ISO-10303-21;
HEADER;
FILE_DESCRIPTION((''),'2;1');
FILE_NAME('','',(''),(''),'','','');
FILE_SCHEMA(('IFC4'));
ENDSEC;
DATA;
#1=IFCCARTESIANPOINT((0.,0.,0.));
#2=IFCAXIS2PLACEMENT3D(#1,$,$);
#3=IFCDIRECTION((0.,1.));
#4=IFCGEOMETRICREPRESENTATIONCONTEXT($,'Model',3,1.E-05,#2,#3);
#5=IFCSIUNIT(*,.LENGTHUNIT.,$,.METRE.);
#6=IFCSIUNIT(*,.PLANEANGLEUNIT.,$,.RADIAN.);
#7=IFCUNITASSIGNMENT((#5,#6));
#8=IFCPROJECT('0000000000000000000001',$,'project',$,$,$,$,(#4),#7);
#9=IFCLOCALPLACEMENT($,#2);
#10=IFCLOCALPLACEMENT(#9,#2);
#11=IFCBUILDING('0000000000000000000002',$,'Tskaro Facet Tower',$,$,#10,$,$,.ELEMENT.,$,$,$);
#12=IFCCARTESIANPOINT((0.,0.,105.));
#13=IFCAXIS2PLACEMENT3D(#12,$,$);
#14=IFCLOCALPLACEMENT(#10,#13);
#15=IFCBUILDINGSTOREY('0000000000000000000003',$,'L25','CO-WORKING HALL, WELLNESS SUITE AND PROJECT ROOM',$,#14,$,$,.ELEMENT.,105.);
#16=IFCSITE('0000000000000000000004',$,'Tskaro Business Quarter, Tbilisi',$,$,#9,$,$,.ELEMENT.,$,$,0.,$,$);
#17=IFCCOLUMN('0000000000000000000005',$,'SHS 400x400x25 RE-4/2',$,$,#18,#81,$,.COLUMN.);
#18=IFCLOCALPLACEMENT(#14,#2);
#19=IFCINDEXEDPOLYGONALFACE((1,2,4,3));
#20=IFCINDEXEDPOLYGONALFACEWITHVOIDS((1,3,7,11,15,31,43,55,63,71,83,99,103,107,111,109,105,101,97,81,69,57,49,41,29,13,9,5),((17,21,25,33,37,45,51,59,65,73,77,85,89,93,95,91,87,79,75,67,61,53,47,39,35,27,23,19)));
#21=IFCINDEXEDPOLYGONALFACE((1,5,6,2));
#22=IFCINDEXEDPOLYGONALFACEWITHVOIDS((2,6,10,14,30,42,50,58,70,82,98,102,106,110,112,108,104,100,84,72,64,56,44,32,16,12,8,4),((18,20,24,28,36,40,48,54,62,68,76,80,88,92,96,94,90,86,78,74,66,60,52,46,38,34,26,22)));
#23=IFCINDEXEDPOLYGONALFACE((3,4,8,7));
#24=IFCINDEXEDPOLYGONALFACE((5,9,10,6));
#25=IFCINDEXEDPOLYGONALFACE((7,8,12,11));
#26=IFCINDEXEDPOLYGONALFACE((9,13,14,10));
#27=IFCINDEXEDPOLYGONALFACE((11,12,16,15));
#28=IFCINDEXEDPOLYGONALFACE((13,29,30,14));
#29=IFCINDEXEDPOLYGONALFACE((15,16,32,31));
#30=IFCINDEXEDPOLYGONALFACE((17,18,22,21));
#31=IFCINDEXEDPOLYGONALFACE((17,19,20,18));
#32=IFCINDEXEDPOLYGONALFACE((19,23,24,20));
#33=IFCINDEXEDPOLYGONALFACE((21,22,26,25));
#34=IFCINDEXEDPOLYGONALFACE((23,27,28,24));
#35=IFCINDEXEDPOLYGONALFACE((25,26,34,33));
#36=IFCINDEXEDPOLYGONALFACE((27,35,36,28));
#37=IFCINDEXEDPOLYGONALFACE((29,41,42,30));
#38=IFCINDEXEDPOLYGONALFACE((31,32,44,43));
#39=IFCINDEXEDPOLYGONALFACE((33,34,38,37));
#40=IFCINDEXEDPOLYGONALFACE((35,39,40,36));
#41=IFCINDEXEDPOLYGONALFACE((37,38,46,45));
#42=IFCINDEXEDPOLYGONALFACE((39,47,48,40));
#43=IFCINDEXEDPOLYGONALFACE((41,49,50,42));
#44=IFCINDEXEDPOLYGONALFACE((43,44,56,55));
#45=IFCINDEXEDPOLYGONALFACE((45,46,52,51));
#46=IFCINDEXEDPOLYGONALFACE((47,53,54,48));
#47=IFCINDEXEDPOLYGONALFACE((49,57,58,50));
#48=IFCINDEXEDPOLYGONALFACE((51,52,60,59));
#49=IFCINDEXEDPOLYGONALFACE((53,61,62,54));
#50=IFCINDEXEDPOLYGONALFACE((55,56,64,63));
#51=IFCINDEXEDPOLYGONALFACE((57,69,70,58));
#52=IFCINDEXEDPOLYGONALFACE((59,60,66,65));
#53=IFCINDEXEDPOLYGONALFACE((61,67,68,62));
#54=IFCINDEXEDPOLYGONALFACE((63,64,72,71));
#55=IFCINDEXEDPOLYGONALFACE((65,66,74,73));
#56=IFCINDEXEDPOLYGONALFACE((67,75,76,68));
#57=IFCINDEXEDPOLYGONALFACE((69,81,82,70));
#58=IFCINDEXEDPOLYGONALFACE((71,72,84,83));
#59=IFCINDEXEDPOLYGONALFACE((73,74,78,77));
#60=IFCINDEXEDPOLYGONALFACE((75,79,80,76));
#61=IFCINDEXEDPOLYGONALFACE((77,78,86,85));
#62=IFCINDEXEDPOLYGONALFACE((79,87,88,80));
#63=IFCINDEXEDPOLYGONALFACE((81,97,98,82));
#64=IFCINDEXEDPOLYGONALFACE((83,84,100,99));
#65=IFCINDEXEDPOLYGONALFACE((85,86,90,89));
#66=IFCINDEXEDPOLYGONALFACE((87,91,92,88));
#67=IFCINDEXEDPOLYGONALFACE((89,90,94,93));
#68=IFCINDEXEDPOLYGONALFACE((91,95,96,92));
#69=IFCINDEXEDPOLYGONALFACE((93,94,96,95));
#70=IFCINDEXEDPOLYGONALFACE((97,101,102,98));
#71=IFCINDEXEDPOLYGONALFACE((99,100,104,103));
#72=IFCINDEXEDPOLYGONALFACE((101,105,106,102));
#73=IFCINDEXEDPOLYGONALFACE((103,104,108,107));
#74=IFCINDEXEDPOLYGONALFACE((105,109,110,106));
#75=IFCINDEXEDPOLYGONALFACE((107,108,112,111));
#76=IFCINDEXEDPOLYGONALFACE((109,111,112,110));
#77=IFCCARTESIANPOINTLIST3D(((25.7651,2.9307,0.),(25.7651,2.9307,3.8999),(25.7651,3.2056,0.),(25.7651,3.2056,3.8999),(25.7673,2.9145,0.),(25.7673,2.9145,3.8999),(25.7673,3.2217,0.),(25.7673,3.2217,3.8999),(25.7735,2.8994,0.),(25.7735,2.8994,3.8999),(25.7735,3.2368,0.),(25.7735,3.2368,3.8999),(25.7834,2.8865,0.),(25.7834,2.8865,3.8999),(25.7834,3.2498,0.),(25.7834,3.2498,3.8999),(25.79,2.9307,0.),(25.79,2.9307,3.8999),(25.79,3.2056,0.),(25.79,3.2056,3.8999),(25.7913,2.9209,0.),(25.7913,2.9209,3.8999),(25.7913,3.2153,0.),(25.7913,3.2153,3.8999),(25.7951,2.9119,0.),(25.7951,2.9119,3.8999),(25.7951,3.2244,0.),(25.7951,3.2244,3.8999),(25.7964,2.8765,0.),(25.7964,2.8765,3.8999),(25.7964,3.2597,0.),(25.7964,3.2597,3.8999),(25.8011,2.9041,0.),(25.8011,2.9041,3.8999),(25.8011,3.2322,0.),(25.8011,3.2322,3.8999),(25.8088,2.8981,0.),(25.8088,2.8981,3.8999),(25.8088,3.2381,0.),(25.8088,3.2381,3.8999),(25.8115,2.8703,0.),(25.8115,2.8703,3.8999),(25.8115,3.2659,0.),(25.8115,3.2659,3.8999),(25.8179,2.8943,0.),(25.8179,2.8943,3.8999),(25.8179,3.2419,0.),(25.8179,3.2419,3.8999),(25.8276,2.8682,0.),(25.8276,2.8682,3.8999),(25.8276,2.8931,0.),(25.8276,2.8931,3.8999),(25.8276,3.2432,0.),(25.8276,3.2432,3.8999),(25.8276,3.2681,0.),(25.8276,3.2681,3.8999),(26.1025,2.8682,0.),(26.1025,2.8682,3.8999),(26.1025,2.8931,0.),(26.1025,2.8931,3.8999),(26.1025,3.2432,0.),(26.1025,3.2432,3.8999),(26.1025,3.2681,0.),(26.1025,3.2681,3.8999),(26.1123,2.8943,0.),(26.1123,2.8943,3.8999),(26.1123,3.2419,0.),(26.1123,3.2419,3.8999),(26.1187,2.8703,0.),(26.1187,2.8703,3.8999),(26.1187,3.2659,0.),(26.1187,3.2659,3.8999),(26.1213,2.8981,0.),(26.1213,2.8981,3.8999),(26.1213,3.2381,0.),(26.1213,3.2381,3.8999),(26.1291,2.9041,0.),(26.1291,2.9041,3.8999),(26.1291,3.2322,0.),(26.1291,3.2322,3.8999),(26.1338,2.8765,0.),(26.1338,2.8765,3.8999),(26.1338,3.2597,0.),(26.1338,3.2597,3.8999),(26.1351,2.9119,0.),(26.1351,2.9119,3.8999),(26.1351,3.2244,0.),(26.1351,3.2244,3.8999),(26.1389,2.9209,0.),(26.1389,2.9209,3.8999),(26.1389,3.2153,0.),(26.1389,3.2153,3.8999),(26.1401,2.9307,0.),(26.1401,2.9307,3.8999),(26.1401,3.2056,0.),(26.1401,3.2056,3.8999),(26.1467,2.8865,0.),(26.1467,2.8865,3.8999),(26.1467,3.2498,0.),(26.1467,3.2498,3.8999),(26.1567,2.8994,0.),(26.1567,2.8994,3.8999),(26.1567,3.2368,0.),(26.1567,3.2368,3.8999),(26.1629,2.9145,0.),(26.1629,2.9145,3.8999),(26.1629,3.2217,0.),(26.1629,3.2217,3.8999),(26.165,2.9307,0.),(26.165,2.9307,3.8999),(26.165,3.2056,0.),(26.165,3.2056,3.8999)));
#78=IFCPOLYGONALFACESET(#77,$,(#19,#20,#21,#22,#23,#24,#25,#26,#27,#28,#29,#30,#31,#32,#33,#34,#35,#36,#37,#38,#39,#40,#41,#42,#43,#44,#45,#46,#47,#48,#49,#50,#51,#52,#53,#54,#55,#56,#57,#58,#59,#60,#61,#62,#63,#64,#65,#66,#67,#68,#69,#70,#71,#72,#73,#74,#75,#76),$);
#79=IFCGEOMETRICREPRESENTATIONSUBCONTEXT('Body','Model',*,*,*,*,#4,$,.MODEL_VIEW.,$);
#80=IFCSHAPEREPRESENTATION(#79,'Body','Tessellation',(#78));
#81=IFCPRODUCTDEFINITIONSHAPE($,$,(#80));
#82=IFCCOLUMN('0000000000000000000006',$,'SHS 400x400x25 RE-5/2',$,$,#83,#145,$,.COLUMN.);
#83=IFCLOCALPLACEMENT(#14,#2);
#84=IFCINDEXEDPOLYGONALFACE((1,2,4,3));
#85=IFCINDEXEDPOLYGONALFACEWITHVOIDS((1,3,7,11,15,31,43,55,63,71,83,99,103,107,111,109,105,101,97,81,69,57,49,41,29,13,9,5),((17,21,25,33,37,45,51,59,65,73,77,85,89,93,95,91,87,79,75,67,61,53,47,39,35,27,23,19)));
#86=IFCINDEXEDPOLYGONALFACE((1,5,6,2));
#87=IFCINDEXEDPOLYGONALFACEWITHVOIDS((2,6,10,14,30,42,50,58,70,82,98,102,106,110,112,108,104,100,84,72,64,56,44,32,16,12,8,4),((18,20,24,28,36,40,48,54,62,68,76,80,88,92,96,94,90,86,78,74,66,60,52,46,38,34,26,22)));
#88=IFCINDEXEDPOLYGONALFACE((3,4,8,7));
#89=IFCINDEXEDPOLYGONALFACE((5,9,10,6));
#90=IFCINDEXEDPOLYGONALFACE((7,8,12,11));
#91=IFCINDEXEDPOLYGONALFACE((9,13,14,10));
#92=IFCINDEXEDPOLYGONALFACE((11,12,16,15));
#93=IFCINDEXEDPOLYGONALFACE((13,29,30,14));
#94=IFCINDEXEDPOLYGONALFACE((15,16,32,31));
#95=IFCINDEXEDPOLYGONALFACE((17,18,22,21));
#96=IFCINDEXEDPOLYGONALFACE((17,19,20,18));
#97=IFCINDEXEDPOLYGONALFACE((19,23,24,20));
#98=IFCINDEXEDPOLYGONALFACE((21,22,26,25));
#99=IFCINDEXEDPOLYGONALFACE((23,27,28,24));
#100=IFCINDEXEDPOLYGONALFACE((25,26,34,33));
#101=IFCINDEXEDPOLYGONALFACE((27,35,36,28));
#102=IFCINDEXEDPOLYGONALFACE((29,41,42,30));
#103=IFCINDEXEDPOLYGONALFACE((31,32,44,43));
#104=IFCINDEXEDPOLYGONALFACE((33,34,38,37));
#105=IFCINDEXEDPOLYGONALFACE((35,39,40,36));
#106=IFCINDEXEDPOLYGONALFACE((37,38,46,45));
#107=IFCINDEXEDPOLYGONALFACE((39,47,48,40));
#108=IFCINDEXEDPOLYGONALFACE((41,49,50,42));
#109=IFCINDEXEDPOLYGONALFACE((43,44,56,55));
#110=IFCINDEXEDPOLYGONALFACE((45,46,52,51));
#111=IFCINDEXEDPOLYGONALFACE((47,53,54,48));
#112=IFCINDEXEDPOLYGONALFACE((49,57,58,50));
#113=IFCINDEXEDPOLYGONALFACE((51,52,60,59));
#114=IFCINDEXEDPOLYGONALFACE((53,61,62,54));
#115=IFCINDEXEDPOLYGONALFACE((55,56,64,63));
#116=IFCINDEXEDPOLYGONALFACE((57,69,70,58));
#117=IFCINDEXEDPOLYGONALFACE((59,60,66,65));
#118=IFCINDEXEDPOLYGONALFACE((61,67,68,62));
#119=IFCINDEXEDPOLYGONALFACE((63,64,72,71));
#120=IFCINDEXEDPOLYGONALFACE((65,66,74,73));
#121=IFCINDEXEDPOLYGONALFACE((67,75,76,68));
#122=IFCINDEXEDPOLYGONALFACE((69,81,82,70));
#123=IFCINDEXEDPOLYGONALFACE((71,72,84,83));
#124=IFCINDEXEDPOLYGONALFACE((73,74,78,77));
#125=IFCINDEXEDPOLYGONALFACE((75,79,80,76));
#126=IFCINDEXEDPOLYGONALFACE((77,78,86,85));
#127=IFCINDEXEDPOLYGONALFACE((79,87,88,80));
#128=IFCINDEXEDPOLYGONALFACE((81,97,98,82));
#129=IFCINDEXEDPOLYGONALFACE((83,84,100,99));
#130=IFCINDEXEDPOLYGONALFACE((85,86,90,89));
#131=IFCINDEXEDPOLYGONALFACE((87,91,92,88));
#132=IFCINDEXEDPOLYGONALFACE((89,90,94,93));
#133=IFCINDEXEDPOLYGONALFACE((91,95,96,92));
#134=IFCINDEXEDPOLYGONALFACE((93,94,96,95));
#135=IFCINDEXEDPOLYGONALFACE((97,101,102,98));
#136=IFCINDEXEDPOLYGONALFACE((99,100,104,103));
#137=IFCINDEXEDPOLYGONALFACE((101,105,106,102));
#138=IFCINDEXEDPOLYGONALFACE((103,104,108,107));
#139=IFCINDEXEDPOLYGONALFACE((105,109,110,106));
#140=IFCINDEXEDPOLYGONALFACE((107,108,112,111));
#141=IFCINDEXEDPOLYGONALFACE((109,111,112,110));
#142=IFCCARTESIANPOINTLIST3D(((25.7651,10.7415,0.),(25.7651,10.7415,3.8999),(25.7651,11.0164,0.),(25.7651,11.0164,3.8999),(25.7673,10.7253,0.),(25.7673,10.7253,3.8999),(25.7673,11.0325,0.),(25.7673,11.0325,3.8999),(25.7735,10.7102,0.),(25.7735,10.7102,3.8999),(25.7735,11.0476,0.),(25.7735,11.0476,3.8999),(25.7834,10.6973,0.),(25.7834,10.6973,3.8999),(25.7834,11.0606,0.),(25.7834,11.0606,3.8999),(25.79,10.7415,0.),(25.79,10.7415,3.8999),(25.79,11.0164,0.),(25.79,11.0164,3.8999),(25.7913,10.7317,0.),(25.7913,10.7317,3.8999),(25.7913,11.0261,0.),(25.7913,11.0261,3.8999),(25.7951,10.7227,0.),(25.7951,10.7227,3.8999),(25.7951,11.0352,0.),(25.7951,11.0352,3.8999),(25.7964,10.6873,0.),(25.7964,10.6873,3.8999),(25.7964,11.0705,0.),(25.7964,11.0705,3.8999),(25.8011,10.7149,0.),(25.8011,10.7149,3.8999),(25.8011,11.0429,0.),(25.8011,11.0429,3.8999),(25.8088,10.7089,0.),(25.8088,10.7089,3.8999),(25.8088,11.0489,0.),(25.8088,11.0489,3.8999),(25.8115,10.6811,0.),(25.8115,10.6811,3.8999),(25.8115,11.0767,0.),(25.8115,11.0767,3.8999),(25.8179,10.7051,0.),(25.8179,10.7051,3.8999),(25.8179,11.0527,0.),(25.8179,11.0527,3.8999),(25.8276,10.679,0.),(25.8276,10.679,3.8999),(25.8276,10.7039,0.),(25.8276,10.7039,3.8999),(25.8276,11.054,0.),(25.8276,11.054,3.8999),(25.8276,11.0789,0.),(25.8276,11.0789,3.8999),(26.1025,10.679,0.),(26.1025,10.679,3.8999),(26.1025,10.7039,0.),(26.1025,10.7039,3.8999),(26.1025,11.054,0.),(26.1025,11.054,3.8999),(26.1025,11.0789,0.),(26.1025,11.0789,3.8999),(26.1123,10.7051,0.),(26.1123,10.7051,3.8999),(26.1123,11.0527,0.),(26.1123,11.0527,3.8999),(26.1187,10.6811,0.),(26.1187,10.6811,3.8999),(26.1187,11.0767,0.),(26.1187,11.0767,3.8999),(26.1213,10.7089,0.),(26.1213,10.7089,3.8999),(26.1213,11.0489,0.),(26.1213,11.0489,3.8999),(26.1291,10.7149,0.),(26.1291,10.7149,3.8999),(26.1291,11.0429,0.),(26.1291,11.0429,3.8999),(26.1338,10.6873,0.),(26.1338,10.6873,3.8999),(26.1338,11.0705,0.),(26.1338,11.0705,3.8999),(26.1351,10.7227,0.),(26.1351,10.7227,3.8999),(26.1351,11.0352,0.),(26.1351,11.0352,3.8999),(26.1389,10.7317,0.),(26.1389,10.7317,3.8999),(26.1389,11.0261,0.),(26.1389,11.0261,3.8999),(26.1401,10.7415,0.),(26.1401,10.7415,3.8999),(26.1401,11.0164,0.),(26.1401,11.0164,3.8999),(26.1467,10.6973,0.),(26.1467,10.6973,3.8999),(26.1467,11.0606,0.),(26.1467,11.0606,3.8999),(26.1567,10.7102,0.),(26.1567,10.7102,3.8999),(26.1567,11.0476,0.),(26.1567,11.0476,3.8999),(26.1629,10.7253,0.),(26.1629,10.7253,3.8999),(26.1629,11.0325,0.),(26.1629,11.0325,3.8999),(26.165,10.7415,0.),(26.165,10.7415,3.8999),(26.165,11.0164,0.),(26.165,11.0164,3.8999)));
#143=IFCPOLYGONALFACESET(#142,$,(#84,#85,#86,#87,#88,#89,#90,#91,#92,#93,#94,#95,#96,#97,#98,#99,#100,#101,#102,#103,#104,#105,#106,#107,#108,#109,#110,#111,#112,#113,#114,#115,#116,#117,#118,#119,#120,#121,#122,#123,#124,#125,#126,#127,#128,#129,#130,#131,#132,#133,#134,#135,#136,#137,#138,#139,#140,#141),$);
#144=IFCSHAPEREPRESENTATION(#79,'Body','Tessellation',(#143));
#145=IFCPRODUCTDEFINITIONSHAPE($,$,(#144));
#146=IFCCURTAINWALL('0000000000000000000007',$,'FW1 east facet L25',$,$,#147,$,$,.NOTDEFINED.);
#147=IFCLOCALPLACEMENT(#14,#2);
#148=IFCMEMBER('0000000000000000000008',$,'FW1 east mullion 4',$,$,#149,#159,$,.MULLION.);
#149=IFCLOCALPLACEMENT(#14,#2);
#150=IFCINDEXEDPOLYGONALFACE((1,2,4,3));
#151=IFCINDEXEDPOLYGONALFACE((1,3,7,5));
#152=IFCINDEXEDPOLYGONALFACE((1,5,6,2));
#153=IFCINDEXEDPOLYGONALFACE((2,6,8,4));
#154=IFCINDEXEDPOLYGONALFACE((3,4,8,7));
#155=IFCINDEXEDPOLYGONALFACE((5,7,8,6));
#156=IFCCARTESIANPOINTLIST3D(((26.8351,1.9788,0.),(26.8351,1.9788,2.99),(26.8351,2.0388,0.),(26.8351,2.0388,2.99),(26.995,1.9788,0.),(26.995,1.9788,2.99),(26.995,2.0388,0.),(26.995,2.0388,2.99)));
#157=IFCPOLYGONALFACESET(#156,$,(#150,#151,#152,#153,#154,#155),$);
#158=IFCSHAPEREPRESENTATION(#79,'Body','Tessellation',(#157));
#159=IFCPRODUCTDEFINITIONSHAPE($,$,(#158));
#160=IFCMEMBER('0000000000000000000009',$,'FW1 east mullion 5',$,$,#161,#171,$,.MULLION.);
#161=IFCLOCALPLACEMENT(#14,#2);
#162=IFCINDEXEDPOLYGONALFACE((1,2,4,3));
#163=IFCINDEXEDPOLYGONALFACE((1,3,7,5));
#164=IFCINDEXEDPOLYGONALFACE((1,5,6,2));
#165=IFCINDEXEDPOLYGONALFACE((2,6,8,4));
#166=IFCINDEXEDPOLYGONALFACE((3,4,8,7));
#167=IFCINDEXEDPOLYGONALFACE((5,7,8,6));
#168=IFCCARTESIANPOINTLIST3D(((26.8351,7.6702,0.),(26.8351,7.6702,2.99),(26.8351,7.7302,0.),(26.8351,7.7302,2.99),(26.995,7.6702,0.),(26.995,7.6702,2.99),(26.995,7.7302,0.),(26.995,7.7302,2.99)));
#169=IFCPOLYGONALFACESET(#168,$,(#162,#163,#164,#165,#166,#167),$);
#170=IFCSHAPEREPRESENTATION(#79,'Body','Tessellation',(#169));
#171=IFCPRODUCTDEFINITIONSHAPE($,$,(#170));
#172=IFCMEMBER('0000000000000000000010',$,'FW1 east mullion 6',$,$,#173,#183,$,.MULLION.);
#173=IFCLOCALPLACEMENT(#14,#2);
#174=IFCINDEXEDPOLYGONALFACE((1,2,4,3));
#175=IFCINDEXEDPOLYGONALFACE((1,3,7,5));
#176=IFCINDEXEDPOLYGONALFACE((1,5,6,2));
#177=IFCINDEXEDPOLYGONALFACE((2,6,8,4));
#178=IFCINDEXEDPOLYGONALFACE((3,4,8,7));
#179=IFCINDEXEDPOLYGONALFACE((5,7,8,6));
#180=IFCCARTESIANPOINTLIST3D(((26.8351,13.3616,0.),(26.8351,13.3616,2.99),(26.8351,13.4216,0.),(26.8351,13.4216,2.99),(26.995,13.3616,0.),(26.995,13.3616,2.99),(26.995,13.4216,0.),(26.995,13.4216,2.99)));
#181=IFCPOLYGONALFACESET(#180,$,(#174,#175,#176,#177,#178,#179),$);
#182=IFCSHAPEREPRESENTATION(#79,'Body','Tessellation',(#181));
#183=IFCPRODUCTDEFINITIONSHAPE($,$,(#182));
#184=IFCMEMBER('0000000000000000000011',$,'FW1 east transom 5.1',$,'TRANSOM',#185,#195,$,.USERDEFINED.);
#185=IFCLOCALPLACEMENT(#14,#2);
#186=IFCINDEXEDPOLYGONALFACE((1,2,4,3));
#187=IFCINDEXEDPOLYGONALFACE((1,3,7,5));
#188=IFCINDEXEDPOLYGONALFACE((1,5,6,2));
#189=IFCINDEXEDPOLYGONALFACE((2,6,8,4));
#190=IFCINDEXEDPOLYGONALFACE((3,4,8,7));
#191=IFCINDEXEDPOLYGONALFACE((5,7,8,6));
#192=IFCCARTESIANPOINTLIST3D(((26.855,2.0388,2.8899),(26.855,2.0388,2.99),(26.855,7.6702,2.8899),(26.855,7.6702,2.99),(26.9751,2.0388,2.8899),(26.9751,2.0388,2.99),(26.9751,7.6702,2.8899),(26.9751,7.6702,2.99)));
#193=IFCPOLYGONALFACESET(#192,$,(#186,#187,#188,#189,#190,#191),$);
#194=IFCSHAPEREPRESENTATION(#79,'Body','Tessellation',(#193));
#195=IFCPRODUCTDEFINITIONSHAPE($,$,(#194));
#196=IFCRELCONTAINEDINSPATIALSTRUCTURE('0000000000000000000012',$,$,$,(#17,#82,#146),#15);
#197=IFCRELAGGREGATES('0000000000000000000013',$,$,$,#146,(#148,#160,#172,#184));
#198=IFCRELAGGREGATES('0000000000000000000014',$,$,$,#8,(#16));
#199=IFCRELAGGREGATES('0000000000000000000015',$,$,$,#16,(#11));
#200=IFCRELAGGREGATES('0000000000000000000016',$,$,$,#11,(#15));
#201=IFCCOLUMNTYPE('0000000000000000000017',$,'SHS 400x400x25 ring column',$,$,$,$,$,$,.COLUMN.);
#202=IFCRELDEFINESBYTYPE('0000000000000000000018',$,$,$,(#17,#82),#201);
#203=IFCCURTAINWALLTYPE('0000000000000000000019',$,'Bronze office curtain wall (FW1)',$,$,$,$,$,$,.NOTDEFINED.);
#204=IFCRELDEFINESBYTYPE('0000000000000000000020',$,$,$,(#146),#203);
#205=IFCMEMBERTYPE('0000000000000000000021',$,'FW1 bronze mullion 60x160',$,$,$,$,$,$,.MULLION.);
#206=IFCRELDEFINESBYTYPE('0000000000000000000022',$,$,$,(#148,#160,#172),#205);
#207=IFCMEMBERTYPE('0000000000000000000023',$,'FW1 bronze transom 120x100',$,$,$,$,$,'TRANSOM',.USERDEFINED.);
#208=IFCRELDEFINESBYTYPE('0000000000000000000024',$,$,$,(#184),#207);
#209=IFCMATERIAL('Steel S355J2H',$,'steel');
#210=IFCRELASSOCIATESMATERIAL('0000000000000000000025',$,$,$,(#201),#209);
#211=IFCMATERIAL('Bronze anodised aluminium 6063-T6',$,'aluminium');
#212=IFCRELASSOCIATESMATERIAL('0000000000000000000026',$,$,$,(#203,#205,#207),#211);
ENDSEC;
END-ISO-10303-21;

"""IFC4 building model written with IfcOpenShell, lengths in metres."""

from ifc_helpers import new_model, si_unit, direction, frame, origin, origin_2d, place, context, subcontext, project, spatial, rectangle, hollow_rectangle, extrude, material, material_profile, profile_set, type_object, element, aggregate, save


model = new_model("IFC4")

# Units and contexts
model_context = context("Model", 3, precision=1e-05, world=origin(), true_north=direction((0.0, 1.0)))
body_context = subcontext(model_context, "Body", "Model", "MODEL_VIEW")
ifc_project = project(units=[si_unit("LENGTHUNIT", "METRE"), si_unit("PLANEANGLEUNIT", "RADIAN")], contexts=[model_context])

# Site, building, storey
site_placement = place(None, origin())
site = spatial("IfcSite", under=ifc_project, at=site_placement, Name="Tskaro Business Quarter, Tbilisi", CompositionType="ELEMENT", RefElevation=0.0)
building_placement = place(site_placement, origin())
building = spatial("IfcBuilding", under=site, at=building_placement, Name="Tskaro Facet Tower", CompositionType="ELEMENT")
storey_placement = place(building_placement, frame((0.0, 0.0, 105.0)))
storey = spatial("IfcBuildingStorey", under=building, at=storey_placement, Name="L25", Description="CO-WORKING HALL, WELLNESS SUITE AND PROJECT ROOM", CompositionType="ELEMENT", Elevation=105.0)

# Columns
ifc_material_1 = material(Name="Steel S355J2H", Category="steel")
ifc_material_profile_1 = material_profile(ifc_material_1, hollow_rectangle(XDim=0.3999, YDim=0.3999, WallThickness=0.0249, InnerFilletRadius=0.0376, OuterFilletRadius=0.0625, at=origin_2d()), Name="SHS 400x400x25")
ifc_profile_set_1 = profile_set([ifc_material_profile_1], Name="Steel S355J2H")
column_type_1 = type_object("IfcColumnType", Name="SHS 400x400x25 ring column", PredefinedType="COLUMN", material=ifc_profile_set_1)
for number, where, z_axis, x_axis, name in (
    (1, (25.9651, 3.0681, 0.0), (0.0, 0.0, 1.0), (1.0, 0.0, 0.0), "SHS 400x400x25 RE-4/2"),
    (2, (25.9651, 10.8789, 0.0), (0.0, 0.0, 1.0), (1.0, 0.0, 0.0), "SHS 400x400x25 RE-5/2"),
):
    element("IfcColumn", number, at=place(storey_placement, frame(where, z_axis=z_axis, x_axis=x_axis)), inside=storey, type_object=column_type_1, Name=name, PredefinedType="COLUMN", context=body_context, shape_type="SweptSolid", body=[
        extrude(hollow_rectangle(XDim=0.3999, YDim=0.3999, WallThickness=0.0249, InnerFilletRadius=0.0376, OuterFilletRadius=0.0625, at=origin_2d()), origin(), (0.0, 0.0, 1.0), 3.8999),
    ])

# Curtain wall, members
ifc_material_2 = material(Name="Bronze anodised aluminium 6063-T6", Category="aluminium")
curtain_wall_type = type_object("IfcCurtainWallType", Name="Bronze office curtain wall (FW1)", PredefinedType="NOTDEFINED", material=ifc_material_2)
curtain_wall_placement = place(storey_placement, origin())
curtain_wall = element("IfcCurtainWall", 3, at=curtain_wall_placement, inside=storey, type_object=curtain_wall_type, Name="FW1 east facet L25", PredefinedType="NOTDEFINED")
ifc_material_profile_2 = material_profile(ifc_material_2, rectangle(XDim=0.0601, YDim=0.1599, at=origin_2d()), Name="Mullion 60x160")
ifc_profile_set_2 = profile_set([ifc_material_profile_2], Name="Bronze anodised aluminium 6063-T6")
member_type_1 = type_object("IfcMemberType", Name="FW1 bronze mullion 60x160", PredefinedType="MULLION", material=ifc_profile_set_2)
member_1_placement = place(storey_placement, frame((26.915, 2.0088, 0.0), z_axis=(0.0, 0.0, 1.0), x_axis=(0.0, 1.0, 0.0)))
member_1 = element("IfcMember", 4, at=member_1_placement, type_object=member_type_1, Name="FW1 east mullion 4", PredefinedType="MULLION", context=body_context, shape_type="SweptSolid", body=[
    extrude(rectangle(XDim=0.0601, YDim=0.1599, at=origin_2d()), origin(), (0.0, 0.0, 1.0), 2.99),
])
member_2_placement = place(storey_placement, frame((26.915, 7.7002, 0.0), z_axis=(0.0, 0.0, 1.0), x_axis=(0.0, 1.0, 0.0)))
member_2 = element("IfcMember", 5, at=member_2_placement, type_object=member_type_1, Name="FW1 east mullion 5", PredefinedType="MULLION", context=body_context, shape_type="SweptSolid", body=[
    extrude(rectangle(XDim=0.0601, YDim=0.1599, at=origin_2d()), origin(), (0.0, 0.0, 1.0), 2.99),
])
member_3_placement = place(storey_placement, frame((26.915, 13.3916, 0.0), z_axis=(0.0, 0.0, 1.0), x_axis=(0.0, 1.0, 0.0)))
member_3 = element("IfcMember", 6, at=member_3_placement, type_object=member_type_1, Name="FW1 east mullion 6", PredefinedType="MULLION", context=body_context, shape_type="SweptSolid", body=[
    extrude(rectangle(XDim=0.0601, YDim=0.1599, at=origin_2d()), origin(), (0.0, 0.0, 1.0), 2.99),
])
ifc_material_profile_3 = material_profile(ifc_material_2, rectangle(XDim=0.1201, YDim=0.1001, at=origin_2d()), Name="Transom 120x100")
ifc_profile_set_3 = profile_set([ifc_material_profile_3], Name="Bronze anodised aluminium 6063-T6")
member_type_2 = type_object("IfcMemberType", Name="FW1 bronze transom 120x100", ElementType="TRANSOM", PredefinedType="USERDEFINED", material=ifc_profile_set_3)
member_4_placement = place(storey_placement, frame((26.915, 2.0388, 2.9399), z_axis=(0.0, 1.0, 0.0), x_axis=(-1.0, 0.0, 0.0)))
member_4 = element("IfcMember", 7, at=member_4_placement, type_object=member_type_2, Name="FW1 east transom 5.1", ObjectType="TRANSOM", PredefinedType="USERDEFINED", context=body_context, shape_type="SweptSolid", body=[
    extrude(rectangle(XDim=0.1201, YDim=0.1001, at=origin_2d()), origin(), (0.0, 0.0, 1.0), 5.6313),
])

aggregate(curtain_wall, [member_1, member_2, member_3, member_4])

save(model, "model.ifc")
